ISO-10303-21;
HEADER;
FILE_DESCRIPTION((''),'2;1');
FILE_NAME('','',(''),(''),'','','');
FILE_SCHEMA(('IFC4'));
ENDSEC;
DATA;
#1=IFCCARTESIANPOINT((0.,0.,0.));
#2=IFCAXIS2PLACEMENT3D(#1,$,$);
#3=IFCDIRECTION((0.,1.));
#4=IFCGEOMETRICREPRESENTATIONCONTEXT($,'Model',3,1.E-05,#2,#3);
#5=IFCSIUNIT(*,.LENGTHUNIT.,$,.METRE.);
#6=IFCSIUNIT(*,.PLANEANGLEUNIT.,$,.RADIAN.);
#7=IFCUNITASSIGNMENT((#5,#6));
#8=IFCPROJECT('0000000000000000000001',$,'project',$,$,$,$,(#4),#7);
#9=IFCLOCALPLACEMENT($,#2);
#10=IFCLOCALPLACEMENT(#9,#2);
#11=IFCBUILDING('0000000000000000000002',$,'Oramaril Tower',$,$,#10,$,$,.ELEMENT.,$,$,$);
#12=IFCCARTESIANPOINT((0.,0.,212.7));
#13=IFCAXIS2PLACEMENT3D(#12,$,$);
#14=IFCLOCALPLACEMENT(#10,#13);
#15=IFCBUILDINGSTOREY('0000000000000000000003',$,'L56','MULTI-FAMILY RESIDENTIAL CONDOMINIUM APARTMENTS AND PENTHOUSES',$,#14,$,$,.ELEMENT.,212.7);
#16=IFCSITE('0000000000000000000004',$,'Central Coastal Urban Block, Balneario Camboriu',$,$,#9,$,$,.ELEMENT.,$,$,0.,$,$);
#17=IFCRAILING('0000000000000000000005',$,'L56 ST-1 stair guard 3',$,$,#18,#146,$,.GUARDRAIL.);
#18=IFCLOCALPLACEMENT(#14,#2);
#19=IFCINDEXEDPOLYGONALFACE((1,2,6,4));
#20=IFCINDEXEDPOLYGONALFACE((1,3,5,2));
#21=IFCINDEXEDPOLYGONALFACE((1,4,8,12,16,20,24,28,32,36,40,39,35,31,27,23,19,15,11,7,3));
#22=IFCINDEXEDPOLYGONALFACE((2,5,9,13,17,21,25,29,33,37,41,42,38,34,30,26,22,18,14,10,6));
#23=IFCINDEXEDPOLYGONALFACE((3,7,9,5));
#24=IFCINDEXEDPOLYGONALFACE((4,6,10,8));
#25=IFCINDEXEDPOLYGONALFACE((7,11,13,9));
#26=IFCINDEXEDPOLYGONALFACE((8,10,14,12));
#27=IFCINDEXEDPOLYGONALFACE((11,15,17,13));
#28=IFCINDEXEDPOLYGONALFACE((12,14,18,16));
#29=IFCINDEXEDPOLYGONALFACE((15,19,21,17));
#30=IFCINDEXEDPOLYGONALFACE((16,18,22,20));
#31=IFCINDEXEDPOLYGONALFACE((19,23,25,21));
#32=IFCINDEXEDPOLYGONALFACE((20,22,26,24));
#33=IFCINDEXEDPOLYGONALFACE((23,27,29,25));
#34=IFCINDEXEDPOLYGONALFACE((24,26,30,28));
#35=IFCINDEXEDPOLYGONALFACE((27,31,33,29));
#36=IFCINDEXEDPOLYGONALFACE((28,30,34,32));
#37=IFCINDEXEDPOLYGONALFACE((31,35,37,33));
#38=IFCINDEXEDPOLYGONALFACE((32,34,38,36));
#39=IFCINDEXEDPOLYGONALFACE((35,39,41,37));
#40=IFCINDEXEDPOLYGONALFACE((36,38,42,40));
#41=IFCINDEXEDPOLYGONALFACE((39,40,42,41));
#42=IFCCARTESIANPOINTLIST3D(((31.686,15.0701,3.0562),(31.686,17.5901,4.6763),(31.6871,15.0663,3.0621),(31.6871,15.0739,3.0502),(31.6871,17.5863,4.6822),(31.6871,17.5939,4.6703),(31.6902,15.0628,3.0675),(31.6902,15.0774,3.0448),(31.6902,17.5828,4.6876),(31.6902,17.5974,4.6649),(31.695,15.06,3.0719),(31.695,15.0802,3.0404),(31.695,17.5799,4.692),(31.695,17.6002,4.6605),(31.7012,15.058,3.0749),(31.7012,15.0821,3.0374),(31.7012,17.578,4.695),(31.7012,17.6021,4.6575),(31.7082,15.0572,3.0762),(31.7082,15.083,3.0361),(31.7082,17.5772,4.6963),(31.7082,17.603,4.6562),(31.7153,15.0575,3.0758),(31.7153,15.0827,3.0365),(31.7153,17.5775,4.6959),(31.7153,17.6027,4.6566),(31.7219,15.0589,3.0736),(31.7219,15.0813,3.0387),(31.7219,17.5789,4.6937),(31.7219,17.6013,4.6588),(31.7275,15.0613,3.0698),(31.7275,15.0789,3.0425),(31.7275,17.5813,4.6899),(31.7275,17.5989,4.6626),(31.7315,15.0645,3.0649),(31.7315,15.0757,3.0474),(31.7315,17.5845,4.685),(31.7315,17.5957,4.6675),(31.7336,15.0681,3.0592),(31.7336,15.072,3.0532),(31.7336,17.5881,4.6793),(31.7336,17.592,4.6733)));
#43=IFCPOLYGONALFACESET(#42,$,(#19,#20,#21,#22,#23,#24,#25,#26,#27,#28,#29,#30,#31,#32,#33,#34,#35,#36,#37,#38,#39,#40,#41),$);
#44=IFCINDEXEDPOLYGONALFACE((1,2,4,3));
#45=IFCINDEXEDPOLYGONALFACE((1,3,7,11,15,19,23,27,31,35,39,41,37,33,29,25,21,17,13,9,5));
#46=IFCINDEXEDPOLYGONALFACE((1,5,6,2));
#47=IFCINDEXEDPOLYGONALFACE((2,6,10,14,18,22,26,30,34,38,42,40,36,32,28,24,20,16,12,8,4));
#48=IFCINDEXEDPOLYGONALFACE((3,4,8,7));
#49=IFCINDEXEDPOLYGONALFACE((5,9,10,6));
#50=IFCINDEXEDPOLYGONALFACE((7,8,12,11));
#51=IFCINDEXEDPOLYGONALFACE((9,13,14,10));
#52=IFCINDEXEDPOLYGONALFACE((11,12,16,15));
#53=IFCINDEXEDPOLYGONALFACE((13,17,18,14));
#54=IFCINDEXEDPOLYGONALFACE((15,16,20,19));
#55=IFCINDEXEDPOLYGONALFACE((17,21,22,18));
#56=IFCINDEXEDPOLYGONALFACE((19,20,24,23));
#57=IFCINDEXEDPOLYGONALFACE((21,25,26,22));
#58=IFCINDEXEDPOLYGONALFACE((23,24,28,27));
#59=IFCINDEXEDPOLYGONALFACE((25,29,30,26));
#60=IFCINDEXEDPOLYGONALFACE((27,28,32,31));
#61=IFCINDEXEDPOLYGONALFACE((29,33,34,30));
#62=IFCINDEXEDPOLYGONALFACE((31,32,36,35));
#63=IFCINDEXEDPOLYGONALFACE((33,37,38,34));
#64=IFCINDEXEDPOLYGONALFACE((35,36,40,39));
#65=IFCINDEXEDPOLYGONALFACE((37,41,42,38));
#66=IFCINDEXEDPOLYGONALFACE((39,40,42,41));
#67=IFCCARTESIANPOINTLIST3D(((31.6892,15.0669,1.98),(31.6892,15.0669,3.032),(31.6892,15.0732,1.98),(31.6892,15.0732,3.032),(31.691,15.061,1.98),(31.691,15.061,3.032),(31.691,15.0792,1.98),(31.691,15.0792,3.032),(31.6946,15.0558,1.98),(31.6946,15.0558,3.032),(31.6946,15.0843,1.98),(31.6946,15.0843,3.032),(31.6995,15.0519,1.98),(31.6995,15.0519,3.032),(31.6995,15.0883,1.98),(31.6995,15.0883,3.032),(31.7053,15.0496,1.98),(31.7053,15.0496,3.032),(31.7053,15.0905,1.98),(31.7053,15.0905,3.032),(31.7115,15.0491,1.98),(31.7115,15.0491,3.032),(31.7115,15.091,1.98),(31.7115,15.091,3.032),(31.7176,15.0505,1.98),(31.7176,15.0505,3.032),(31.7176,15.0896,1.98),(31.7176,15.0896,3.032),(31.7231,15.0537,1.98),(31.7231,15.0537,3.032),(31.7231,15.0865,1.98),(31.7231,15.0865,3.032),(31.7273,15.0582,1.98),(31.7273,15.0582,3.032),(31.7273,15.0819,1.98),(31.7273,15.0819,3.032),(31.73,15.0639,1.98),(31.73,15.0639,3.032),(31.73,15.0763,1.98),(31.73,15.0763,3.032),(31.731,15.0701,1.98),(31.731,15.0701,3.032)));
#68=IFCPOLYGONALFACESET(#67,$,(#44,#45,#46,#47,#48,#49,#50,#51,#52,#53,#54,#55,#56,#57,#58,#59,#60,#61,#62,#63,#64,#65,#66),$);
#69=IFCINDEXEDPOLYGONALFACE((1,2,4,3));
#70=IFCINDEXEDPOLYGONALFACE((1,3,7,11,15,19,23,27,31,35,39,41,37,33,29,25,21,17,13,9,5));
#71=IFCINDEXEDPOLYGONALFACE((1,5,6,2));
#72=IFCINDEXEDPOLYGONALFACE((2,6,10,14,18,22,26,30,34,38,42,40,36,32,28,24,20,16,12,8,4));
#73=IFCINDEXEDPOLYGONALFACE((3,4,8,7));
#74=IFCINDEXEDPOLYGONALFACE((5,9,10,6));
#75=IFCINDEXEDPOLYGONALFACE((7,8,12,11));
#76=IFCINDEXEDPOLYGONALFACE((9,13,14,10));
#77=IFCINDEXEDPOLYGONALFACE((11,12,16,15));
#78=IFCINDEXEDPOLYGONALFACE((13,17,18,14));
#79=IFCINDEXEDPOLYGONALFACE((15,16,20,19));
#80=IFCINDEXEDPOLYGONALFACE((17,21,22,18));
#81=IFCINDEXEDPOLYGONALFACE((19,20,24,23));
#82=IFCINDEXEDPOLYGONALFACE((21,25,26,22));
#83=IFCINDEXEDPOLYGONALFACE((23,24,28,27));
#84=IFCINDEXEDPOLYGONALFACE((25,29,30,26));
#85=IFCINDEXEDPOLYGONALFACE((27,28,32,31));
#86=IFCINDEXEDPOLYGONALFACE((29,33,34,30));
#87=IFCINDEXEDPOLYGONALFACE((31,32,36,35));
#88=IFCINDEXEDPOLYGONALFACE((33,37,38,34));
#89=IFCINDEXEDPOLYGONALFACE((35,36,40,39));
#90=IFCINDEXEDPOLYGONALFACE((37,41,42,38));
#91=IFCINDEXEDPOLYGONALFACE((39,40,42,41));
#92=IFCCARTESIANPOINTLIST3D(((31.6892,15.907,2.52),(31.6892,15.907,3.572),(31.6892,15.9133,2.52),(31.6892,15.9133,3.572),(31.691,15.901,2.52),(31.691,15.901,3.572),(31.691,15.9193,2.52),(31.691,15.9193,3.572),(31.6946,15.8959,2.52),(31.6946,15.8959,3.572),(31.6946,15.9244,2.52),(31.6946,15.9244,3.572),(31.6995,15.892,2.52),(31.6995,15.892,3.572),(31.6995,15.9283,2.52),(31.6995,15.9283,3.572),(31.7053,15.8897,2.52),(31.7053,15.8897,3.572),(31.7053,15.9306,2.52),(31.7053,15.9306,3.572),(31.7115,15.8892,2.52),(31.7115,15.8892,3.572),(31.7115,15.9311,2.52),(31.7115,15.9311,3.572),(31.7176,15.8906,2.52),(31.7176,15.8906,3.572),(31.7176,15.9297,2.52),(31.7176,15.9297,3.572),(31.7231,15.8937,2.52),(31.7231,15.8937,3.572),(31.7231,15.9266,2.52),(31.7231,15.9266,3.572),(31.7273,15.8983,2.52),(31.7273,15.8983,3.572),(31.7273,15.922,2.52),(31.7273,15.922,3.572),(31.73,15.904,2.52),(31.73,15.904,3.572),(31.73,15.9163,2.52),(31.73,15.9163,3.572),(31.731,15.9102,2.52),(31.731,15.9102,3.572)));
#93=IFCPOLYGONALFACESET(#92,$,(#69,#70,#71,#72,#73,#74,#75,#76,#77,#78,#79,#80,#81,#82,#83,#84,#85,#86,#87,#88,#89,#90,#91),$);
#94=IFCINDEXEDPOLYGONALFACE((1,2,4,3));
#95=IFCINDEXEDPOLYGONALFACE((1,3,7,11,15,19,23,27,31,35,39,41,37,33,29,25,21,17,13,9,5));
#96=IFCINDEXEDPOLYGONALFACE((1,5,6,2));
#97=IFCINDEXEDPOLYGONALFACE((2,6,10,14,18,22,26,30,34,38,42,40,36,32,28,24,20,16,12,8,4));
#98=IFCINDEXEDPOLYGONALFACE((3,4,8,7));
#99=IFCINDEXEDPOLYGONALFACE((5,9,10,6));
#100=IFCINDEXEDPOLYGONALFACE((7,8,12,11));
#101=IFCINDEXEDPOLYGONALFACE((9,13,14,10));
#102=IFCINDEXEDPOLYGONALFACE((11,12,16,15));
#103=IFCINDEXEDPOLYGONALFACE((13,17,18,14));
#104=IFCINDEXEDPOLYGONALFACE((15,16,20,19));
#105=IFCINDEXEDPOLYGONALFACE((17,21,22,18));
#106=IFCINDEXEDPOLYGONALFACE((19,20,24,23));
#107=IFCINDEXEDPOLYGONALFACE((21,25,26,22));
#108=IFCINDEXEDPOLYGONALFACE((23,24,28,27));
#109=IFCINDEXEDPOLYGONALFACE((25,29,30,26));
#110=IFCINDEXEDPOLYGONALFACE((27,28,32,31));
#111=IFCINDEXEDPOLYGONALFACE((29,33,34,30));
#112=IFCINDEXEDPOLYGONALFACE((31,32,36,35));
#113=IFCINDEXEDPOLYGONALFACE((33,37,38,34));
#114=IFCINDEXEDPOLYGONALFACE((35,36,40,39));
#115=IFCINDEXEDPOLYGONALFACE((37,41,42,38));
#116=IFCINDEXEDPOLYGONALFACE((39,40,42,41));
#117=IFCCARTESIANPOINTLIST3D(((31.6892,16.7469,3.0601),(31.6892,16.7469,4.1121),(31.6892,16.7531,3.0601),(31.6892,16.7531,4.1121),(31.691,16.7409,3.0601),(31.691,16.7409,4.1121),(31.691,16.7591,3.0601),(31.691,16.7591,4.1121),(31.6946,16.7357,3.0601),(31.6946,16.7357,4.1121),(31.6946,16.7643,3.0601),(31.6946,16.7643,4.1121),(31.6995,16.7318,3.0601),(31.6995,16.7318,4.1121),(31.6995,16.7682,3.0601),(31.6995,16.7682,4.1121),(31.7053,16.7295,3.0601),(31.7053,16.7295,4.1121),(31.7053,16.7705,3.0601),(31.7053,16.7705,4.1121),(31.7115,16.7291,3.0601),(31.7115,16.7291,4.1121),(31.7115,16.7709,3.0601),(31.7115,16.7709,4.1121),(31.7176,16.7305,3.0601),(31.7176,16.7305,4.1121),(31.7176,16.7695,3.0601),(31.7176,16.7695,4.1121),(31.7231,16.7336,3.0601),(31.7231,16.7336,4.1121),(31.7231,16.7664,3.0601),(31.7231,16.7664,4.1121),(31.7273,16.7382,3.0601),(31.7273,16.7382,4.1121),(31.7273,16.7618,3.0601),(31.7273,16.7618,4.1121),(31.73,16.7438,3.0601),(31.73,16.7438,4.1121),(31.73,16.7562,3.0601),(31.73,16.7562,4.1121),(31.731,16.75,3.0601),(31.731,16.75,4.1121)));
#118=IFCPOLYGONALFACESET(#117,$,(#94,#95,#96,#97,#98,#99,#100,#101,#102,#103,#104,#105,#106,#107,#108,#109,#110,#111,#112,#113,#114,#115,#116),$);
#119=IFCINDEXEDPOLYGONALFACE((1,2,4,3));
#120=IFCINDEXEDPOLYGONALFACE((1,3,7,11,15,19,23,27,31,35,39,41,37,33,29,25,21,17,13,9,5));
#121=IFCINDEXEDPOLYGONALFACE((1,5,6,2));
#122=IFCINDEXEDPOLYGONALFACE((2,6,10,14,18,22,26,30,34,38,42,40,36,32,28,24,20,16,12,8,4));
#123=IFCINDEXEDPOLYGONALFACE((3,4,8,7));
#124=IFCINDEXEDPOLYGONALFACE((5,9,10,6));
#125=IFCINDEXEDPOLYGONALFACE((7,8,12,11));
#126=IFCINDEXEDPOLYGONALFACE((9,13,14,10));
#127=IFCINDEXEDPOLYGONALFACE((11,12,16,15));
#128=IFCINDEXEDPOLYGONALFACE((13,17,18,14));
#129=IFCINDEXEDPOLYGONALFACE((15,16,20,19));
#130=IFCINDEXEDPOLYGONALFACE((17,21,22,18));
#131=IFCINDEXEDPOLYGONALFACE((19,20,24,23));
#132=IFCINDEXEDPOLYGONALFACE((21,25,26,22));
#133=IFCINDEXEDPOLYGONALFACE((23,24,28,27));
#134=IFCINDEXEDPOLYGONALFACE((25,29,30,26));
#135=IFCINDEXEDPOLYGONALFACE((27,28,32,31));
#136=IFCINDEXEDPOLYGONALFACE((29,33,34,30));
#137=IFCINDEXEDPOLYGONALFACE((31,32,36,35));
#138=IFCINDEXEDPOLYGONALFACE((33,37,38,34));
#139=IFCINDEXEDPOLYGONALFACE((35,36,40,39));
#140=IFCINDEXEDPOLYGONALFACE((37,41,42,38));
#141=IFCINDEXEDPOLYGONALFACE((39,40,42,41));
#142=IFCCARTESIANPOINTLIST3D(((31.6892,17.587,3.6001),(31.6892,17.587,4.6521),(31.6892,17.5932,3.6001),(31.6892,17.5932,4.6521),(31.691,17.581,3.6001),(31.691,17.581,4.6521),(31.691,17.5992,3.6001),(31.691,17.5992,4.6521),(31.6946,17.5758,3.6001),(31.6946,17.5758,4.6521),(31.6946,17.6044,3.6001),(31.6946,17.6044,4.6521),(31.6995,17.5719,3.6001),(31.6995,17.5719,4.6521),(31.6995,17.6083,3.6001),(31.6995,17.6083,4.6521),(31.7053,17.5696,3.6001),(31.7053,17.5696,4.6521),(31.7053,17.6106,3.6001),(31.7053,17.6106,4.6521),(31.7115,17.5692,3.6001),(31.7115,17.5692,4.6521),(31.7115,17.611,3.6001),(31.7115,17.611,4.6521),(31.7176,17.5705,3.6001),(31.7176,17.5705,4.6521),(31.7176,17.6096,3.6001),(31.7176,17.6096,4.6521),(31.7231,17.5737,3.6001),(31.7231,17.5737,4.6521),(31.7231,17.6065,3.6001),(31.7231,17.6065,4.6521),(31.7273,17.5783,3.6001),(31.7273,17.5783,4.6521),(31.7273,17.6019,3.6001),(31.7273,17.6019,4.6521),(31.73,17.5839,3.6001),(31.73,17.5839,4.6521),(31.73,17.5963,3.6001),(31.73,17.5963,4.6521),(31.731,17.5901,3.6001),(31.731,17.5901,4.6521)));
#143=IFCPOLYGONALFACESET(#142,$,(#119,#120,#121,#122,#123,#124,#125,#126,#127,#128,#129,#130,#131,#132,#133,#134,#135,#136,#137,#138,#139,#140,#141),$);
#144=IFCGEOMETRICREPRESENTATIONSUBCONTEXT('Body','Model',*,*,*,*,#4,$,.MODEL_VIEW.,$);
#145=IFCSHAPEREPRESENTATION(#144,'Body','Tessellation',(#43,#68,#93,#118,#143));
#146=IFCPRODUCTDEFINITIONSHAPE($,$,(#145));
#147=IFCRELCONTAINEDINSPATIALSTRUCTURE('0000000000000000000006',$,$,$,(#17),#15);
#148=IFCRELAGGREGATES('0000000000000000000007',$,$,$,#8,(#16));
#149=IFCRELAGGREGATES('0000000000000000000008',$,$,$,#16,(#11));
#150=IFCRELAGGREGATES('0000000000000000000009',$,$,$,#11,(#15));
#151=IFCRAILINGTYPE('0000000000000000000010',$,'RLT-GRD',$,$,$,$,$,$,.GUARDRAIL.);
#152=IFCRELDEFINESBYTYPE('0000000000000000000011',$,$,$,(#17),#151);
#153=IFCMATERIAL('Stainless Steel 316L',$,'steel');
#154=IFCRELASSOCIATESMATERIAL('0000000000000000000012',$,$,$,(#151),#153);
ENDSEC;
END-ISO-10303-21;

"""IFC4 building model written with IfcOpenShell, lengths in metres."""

from ifc_helpers import new_model, si_unit, direction, frame, origin, origin_2d, place, context, subcontext, project, spatial, circle, extrude, material, type_object, element, save


model = new_model("IFC4")

# Units and contexts
model_context = context("Model", 3, precision=1e-05, world=origin(), true_north=direction((0.0, 1.0)))
body_context = subcontext(model_context, "Body", "Model", "MODEL_VIEW")
ifc_project = project(units=[si_unit("LENGTHUNIT", "METRE"), si_unit("PLANEANGLEUNIT", "RADIAN")], contexts=[model_context])

# Site, building, storey
site_placement = place(None, origin())
site = spatial("IfcSite", under=ifc_project, at=site_placement, Name="Central Coastal Urban Block, Balneario Camboriu", CompositionType="ELEMENT", RefElevation=0.0)
building_placement = place(site_placement, origin())
building = spatial("IfcBuilding", under=site, at=building_placement, Name="Oramaril Tower", CompositionType="ELEMENT")
storey_placement = place(building_placement, frame((0.0, 0.0, 212.7)))
storey = spatial("IfcBuildingStorey", under=building, at=storey_placement, Name="L56", Description="MULTI-FAMILY RESIDENTIAL CONDOMINIUM APARTMENTS AND PENTHOUSES", CompositionType="ELEMENT", Elevation=212.7)

# Railing
ifc_material_1 = material(Name="Stainless Steel 316L", Category="steel")
railing_type_1 = type_object("IfcRailingType", Name="RLT-GRD", PredefinedType="GUARDRAIL", material=ifc_material_1)
railing_1_placement = place(storey_placement, frame((31.71, 15.0701, 1.98)))
element("IfcRailing", 1, at=railing_1_placement, inside=storey, type_object=railing_type_1, Name="L56 ST-1 stair guard 3", PredefinedType="GUARDRAIL", context=body_context, shape_type="SweptSolid", body=[
    extrude(circle(Radius=0.0239, at=origin_2d()), frame((0.0, 0.0, 1.0762), z_axis=(0.0, 0.841163, 0.540782), x_axis=(-1.0, 0.0, 0.0)), (0.0, 0.0, 1.0), 2.9958),
    extrude(circle(Radius=0.021, at=origin_2d()), origin(), (0.0, 0.0, 1.0), 1.052),
    extrude(circle(Radius=0.021, at=origin_2d()), frame((0.0, 0.8401, 0.54)), (0.0, 0.0, 1.0), 1.052),
    extrude(circle(Radius=0.021, at=origin_2d()), frame((0.0, 1.6799, 1.0801)), (0.0, 0.0, 1.0), 1.052),
    extrude(circle(Radius=0.021, at=origin_2d()), frame((0.0, 2.52, 1.6201)), (0.0, 0.0, 1.0), 1.052),
])

save(model, "model.ifc")
